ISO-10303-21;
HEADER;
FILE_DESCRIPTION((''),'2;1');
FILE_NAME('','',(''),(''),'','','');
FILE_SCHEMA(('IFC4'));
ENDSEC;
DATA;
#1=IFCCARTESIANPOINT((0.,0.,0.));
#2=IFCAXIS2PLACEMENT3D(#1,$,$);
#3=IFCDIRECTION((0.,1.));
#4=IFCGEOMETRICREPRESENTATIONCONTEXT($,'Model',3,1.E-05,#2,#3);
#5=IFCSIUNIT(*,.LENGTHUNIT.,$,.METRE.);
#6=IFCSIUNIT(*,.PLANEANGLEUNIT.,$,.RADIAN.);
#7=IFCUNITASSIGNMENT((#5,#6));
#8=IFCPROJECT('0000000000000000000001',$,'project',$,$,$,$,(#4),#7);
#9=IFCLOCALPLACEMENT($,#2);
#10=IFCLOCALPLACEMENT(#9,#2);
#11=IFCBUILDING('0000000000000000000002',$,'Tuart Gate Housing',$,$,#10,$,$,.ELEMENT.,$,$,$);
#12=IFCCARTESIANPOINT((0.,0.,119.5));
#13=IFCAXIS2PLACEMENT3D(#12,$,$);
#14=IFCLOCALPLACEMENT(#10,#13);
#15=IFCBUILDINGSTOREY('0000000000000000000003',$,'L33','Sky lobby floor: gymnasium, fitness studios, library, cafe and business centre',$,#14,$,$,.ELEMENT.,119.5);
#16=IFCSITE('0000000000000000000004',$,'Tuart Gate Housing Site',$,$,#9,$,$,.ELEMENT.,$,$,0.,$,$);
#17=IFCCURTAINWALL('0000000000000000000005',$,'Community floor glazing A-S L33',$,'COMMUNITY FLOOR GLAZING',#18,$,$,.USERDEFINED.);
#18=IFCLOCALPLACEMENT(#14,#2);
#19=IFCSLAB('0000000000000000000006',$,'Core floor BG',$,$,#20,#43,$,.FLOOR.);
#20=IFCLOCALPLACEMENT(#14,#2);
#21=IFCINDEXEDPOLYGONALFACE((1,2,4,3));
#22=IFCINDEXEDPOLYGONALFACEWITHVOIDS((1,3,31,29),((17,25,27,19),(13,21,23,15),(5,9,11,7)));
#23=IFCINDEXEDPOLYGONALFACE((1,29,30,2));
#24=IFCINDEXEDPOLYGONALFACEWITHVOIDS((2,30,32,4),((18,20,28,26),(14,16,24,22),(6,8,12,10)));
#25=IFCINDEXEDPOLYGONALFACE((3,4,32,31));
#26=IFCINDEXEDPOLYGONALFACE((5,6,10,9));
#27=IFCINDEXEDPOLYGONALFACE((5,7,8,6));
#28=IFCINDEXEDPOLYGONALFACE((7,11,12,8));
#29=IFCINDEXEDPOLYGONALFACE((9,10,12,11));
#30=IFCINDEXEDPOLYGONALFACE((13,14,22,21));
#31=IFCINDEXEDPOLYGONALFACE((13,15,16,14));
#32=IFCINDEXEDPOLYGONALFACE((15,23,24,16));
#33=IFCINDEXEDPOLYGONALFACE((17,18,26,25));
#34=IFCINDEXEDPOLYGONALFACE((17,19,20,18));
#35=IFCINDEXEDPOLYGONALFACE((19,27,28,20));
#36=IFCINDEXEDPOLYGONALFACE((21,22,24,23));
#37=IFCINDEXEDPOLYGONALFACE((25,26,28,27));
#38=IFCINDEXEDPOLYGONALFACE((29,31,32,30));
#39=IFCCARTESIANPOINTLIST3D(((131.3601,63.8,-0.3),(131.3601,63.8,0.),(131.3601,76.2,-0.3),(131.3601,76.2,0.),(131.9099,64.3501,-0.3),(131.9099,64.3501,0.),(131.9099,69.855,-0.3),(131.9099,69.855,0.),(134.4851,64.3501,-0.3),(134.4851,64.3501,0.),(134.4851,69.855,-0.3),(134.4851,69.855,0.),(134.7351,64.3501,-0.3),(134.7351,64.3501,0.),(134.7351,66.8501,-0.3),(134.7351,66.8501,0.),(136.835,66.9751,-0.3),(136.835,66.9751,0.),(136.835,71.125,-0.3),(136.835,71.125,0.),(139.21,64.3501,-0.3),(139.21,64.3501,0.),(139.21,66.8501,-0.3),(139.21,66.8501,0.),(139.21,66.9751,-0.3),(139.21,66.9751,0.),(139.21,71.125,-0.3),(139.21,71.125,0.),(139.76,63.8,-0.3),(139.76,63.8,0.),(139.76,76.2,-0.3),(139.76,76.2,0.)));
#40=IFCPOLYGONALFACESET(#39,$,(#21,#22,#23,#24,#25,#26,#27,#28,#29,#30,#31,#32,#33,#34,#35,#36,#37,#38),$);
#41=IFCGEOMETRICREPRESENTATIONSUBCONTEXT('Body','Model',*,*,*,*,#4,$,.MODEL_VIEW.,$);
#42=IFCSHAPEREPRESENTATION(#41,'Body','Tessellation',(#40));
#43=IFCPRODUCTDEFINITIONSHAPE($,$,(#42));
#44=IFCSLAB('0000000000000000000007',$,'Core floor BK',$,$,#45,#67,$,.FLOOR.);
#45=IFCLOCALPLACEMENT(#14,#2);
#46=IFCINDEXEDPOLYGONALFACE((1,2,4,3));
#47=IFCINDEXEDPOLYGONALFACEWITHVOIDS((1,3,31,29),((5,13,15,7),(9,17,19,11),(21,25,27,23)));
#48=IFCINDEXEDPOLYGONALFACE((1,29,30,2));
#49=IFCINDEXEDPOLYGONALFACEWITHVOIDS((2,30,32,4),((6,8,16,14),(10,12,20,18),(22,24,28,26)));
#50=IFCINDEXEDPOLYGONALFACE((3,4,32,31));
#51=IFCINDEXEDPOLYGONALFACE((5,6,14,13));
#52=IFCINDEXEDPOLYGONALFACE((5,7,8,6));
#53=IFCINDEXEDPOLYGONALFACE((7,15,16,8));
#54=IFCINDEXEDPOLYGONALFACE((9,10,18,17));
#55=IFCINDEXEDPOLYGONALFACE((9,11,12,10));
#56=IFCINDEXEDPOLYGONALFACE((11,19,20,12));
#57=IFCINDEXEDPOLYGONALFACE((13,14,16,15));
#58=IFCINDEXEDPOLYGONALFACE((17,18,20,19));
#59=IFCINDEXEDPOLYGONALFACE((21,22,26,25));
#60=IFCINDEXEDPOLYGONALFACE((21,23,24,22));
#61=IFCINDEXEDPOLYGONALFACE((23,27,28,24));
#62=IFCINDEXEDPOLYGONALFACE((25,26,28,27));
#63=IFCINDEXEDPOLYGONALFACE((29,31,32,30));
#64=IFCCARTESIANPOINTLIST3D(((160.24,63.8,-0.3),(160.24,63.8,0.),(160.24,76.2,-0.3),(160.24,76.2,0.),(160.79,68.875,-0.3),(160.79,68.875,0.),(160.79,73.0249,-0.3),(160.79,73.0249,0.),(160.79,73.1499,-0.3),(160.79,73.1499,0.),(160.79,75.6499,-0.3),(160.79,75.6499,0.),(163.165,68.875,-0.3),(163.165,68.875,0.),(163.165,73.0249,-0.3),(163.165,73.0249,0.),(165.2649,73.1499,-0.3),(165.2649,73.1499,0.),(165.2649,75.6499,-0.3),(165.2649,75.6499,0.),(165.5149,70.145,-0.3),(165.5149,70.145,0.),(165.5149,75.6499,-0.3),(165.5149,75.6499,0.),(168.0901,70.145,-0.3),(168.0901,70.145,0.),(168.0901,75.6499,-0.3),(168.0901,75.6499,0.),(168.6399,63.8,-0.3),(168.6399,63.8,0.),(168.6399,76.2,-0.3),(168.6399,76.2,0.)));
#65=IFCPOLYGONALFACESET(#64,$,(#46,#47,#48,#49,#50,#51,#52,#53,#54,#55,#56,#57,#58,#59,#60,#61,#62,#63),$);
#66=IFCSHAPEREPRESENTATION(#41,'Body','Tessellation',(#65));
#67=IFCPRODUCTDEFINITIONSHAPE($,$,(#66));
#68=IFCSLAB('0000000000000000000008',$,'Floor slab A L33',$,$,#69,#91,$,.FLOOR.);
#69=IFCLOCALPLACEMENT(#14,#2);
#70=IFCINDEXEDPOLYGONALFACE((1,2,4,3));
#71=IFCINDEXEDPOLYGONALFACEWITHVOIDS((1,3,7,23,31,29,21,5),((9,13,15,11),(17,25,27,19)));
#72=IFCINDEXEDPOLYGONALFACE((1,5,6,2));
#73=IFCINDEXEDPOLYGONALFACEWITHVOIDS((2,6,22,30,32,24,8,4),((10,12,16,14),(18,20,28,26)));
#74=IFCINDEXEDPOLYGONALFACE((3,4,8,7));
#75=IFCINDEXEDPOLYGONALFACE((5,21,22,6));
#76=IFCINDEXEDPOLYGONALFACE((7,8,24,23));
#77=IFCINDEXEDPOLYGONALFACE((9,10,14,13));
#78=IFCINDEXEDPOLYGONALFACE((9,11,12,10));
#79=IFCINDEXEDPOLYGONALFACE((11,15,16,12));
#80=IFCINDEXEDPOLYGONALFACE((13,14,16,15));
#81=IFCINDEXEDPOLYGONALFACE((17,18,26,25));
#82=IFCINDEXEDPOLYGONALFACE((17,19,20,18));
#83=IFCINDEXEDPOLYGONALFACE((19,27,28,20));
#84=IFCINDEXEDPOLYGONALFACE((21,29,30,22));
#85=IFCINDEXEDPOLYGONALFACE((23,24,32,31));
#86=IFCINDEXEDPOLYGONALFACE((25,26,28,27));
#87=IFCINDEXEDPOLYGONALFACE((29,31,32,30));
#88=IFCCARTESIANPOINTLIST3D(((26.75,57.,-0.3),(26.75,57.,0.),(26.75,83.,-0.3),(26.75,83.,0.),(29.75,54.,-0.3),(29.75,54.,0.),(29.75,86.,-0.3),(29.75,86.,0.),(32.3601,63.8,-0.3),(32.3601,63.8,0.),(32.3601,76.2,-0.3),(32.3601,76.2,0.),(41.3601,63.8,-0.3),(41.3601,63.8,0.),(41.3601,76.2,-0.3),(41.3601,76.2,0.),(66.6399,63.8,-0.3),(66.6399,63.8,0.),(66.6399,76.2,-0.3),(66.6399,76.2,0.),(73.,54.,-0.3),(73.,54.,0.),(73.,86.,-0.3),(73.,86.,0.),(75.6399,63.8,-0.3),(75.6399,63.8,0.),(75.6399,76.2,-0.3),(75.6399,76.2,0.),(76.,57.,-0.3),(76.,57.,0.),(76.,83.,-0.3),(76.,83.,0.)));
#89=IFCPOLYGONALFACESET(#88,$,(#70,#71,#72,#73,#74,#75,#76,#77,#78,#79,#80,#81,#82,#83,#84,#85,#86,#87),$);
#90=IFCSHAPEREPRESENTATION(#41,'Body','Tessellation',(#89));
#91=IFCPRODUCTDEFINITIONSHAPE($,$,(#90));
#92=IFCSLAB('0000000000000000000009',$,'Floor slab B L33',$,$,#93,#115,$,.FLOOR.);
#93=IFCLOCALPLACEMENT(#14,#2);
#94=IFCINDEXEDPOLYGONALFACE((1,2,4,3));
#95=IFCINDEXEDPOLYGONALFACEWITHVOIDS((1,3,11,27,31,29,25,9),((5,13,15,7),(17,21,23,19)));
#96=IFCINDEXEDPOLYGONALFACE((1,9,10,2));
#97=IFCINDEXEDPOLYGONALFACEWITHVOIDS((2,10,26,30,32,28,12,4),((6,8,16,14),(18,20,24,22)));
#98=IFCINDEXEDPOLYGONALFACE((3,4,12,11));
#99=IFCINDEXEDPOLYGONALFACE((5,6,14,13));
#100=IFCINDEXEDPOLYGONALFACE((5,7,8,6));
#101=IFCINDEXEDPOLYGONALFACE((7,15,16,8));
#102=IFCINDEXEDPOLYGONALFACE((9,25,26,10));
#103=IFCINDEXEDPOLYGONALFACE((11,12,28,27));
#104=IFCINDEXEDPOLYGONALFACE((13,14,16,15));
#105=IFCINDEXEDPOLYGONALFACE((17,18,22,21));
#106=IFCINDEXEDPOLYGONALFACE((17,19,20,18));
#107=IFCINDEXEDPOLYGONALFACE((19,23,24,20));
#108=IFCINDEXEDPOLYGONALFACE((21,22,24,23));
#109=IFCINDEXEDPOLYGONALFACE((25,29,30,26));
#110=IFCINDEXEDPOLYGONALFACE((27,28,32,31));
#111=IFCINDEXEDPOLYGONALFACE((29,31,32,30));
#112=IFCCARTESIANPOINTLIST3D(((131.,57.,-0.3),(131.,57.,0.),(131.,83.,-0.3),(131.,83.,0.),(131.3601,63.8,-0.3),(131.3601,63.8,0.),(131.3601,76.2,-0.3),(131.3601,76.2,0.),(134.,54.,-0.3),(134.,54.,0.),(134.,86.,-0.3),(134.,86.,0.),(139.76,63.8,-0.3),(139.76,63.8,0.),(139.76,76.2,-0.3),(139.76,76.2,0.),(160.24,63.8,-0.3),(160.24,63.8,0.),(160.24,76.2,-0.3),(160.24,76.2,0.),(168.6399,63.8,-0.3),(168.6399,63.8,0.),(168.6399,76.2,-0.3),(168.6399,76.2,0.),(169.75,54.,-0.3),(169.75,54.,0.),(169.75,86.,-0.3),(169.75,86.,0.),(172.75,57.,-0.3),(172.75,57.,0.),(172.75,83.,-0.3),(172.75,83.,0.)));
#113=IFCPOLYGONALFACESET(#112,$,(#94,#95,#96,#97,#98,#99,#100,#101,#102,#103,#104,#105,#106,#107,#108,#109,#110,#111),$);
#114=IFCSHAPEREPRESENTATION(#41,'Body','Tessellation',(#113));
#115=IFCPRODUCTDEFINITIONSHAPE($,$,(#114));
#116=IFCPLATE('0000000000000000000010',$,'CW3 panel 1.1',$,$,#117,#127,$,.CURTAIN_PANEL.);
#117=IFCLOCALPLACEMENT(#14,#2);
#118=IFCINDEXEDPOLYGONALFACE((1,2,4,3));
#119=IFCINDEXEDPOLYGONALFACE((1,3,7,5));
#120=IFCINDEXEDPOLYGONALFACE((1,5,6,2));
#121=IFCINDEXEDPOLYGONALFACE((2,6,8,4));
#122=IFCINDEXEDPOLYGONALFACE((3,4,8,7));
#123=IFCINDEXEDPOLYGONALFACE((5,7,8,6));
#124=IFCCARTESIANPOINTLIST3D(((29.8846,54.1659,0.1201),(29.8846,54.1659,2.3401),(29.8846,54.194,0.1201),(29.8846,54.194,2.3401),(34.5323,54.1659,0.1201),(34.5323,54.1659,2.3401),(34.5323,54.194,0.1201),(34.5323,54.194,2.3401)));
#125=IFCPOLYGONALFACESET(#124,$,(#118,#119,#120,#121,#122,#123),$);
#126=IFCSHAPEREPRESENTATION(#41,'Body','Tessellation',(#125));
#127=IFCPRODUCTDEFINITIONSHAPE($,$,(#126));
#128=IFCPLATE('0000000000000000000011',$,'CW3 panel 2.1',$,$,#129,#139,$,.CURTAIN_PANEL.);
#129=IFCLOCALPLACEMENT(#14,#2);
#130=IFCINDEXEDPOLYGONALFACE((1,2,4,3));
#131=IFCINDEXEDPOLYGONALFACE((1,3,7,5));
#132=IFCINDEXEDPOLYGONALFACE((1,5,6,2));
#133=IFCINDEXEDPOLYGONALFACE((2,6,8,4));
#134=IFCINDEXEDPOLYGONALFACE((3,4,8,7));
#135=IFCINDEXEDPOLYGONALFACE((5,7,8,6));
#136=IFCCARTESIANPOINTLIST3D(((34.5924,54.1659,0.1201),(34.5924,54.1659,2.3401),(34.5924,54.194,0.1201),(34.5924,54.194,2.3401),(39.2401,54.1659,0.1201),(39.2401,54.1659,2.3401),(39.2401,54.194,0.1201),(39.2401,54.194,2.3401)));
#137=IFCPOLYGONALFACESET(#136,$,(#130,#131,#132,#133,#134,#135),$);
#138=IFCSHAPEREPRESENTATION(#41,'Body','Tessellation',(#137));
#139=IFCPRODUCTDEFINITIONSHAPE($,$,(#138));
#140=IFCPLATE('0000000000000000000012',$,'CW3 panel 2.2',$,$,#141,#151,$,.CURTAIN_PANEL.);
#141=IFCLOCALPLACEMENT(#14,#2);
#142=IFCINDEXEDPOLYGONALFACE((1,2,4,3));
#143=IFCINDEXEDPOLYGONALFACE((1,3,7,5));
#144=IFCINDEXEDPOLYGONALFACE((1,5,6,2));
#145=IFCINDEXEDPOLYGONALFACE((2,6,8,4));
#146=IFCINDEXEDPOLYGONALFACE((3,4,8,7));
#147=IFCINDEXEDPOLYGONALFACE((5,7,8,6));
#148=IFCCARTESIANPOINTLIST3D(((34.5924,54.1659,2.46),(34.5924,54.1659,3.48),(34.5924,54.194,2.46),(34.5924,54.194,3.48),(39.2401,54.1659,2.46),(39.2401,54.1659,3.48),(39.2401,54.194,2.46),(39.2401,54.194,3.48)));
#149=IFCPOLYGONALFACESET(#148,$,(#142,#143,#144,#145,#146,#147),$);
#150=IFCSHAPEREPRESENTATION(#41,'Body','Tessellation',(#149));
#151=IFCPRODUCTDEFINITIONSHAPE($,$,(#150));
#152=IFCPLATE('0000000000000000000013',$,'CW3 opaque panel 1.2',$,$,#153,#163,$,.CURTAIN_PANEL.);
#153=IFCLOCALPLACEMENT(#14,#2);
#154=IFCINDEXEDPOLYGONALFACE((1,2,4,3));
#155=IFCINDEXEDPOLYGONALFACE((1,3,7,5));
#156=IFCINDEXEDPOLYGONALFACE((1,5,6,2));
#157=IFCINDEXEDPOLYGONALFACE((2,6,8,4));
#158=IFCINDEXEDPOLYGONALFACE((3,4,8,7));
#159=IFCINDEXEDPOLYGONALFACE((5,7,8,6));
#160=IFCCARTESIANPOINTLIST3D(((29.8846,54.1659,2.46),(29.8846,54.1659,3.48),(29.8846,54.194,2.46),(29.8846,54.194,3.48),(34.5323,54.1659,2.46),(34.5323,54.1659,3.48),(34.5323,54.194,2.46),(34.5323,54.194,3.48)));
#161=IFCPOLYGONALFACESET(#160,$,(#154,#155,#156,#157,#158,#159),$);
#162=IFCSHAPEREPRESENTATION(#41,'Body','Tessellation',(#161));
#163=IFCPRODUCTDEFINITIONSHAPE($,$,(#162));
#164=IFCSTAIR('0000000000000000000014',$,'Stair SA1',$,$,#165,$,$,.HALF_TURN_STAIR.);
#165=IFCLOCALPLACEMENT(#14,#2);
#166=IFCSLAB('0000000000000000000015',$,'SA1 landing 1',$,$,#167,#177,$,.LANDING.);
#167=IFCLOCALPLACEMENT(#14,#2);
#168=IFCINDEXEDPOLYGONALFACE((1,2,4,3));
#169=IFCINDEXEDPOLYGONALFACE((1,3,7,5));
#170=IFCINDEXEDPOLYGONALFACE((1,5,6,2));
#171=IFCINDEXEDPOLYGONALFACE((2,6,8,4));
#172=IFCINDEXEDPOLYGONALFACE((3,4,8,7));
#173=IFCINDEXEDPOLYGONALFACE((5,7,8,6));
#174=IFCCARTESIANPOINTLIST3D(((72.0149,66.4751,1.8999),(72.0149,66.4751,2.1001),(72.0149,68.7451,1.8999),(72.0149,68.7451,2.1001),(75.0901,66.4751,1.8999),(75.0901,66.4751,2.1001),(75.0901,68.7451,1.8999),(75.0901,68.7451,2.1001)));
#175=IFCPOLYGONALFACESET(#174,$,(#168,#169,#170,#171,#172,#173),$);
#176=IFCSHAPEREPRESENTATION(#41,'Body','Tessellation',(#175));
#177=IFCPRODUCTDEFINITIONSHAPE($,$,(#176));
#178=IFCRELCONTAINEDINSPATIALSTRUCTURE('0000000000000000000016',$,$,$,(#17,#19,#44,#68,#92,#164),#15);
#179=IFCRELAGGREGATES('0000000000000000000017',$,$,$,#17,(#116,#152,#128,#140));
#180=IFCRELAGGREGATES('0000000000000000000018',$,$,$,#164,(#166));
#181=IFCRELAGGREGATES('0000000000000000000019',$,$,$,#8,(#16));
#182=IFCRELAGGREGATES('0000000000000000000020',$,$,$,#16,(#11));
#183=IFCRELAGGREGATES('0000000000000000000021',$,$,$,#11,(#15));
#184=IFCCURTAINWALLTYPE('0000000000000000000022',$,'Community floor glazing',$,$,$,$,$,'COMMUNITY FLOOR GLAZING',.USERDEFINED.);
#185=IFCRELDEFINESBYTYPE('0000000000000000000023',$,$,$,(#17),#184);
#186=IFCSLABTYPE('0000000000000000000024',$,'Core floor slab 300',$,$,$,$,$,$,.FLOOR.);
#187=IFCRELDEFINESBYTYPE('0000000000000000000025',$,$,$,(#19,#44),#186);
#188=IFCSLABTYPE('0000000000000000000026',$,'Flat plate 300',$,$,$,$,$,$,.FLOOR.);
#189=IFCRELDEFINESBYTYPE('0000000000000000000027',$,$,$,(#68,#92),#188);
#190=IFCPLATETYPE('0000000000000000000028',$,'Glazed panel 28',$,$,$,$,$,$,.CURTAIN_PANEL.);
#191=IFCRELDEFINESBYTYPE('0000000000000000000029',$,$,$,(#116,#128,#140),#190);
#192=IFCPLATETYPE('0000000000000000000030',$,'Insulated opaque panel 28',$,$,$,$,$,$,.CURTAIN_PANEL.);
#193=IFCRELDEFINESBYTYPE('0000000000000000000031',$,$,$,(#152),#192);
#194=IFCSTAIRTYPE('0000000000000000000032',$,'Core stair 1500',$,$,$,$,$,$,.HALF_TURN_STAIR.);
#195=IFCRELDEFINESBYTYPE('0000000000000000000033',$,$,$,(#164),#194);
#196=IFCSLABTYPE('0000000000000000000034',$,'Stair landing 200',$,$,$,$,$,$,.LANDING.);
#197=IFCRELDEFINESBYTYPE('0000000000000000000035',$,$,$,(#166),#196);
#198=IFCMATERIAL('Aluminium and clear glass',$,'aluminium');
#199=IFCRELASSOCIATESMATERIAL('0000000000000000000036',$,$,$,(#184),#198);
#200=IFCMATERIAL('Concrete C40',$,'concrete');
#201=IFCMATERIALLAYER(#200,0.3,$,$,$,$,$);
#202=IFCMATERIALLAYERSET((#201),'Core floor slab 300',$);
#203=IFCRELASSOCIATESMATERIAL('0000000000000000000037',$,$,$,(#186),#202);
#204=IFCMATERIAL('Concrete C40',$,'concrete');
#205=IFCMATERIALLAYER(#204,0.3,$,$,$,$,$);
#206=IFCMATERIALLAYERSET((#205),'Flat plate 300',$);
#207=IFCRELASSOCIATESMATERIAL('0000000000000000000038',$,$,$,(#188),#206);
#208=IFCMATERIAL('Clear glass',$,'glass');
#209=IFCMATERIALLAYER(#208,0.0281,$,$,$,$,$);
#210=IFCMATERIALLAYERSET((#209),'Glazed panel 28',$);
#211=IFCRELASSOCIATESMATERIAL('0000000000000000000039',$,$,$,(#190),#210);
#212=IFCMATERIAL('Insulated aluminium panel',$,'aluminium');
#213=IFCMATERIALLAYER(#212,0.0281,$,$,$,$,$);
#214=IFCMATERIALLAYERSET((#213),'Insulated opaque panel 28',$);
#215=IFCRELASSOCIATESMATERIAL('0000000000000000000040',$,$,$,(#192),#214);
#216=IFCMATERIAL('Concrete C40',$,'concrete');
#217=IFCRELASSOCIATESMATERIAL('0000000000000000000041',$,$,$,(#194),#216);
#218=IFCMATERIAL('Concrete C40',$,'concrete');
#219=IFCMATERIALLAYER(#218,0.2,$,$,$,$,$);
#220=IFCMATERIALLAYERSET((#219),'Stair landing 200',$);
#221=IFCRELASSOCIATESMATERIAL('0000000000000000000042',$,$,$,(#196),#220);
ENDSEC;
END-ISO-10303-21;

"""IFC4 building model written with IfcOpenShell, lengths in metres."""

from ifc_helpers import new_model, si_unit, direction, frame, origin, origin_2d, place, context, subcontext, project, spatial, polyline, rectangle, outline, extrude, material, layer, layer_set, type_object, element, aggregate, save


model = new_model("IFC4")

# Units and contexts
model_context = context("Model", 3, precision=1e-05, world=origin(), true_north=direction((0.0, 1.0)))
body_context = subcontext(model_context, "Body", "Model", "MODEL_VIEW")
ifc_project = project(units=[si_unit("LENGTHUNIT", "METRE"), si_unit("PLANEANGLEUNIT", "RADIAN")], contexts=[model_context])

# Site, building, storey
site_placement = place(None, origin())
site = spatial("IfcSite", under=ifc_project, at=site_placement, Name="Tuart Gate Housing Site", CompositionType="ELEMENT", RefElevation=0.0)
building_placement = place(site_placement, origin())
building = spatial("IfcBuilding", under=site, at=building_placement, Name="Tuart Gate Housing", CompositionType="ELEMENT")
storey_placement = place(building_placement, frame((0.0, 0.0, 119.5)))
storey = spatial("IfcBuildingStorey", under=building, at=storey_placement, Name="L33", Description="Sky lobby floor: gymnasium, fitness studios, library, cafe and business centre", CompositionType="ELEMENT", Elevation=119.5)

# Curtain wall
ifc_material_1 = material(Name="Aluminium and clear glass", Category="aluminium")
curtain_wall_type = type_object("IfcCurtainWallType", Name="Community floor glazing", ElementType="COMMUNITY FLOOR GLAZING", PredefinedType="USERDEFINED", material=ifc_material_1)
curtain_wall_placement = place(storey_placement, origin())
curtain_wall = element("IfcCurtainWall", 1, at=curtain_wall_placement, inside=storey, type_object=curtain_wall_type, Name="Community floor glazing A-S L33", ObjectType="COMMUNITY FLOOR GLAZING", PredefinedType="USERDEFINED")

# Slabs
ifc_material_2 = material(Name="Concrete C40", Category="concrete")
ifc_layer_1 = layer(ifc_material_2, 0.3)
ifc_layer_set_1 = layer_set([ifc_layer_1], Name="Core floor slab 300")
slab_type_1 = type_object("IfcSlabType", Name="Core floor slab 300", PredefinedType="FLOOR", material=ifc_layer_set_1)
slab_1_placement = place(storey_placement, frame((0.0, 0.0, -0.3)))
element("IfcSlab", 2, at=slab_1_placement, inside=storey, type_object=slab_type_1, Name="Core floor BG", PredefinedType="FLOOR", context=body_context, shape_type="SweptSolid", body=[
    extrude(outline(polyline([(131.3601, 63.8), (139.76, 63.8), (139.76, 76.2), (131.3601, 76.2), (131.3601, 63.8)]), holes=[polyline([(139.21, 66.8501), (134.7351, 66.8501), (134.7351, 64.3501), (139.21, 64.3501), (139.21, 66.8501)]), polyline([(139.21, 71.125), (136.835, 71.125), (136.835, 66.9751), (139.21, 66.9751), (139.21, 71.125)]), polyline([(134.4851, 69.855), (131.9099, 69.855), (131.9099, 64.3501), (134.4851, 64.3501), (134.4851, 69.855)])]), origin(), (0.0, 0.0, 1.0), 0.3),
])
slab_2_placement = place(storey_placement, frame((0.0, 0.0, -0.3)))
element("IfcSlab", 3, at=slab_2_placement, inside=storey, type_object=slab_type_1, Name="Core floor BK", PredefinedType="FLOOR", context=body_context, shape_type="SweptSolid", body=[
    extrude(outline(polyline([(160.24, 63.8), (168.6399, 63.8), (168.6399, 76.2), (160.24, 76.2), (160.24, 63.8)]), holes=[polyline([(160.79, 73.1499), (165.2649, 73.1499), (165.2649, 75.6499), (160.79, 75.6499), (160.79, 73.1499)]), polyline([(160.79, 68.875), (163.165, 68.875), (163.165, 73.0249), (160.79, 73.0249), (160.79, 68.875)]), polyline([(165.5149, 70.145), (168.0901, 70.145), (168.0901, 75.6499), (165.5149, 75.6499), (165.5149, 70.145)])]), origin(), (0.0, 0.0, 1.0), 0.3),
])
ifc_material_3 = material(Name="Concrete C40", Category="concrete")
ifc_layer_2 = layer(ifc_material_3, 0.3)
ifc_layer_set_2 = layer_set([ifc_layer_2], Name="Flat plate 300")
slab_type_2 = type_object("IfcSlabType", Name="Flat plate 300", PredefinedType="FLOOR", material=ifc_layer_set_2)
slab_3_placement = place(storey_placement, frame((0.0, 0.0, -0.3)))
element("IfcSlab", 4, at=slab_3_placement, inside=storey, type_object=slab_type_2, Name="Floor slab A L33", PredefinedType="FLOOR", context=body_context, shape_type="SweptSolid", body=[
    extrude(outline(polyline([(29.75, 86.0), (26.75, 83.0), (26.75, 57.0), (29.75, 54.0), (73.0, 54.0), (76.0, 57.0), (76.0, 83.0), (73.0, 86.0), (29.75, 86.0)]), holes=[polyline([(66.6399, 76.2), (75.6399, 76.2), (75.6399, 63.8), (66.6399, 63.8), (66.6399, 76.2)]), polyline([(41.3601, 76.2), (41.3601, 63.8), (32.3601, 63.8), (32.3601, 76.2), (41.3601, 76.2)])]), origin(), (0.0, 0.0, 1.0), 0.3),
])
slab_4_placement = place(storey_placement, frame((0.0, 0.0, -0.3)))
element("IfcSlab", 5, at=slab_4_placement, inside=storey, type_object=slab_type_2, Name="Floor slab B L33", PredefinedType="FLOOR", context=body_context, shape_type="SweptSolid", body=[
    extrude(outline(polyline([(134.0, 86.0), (131.0, 83.0), (131.0, 57.0), (134.0, 54.0), (169.75, 54.0), (172.75, 57.0), (172.75, 83.0), (169.75, 86.0), (134.0, 86.0)]), holes=[polyline([(131.3601, 76.2), (139.76, 76.2), (139.76, 63.8), (131.3601, 63.8), (131.3601, 76.2)]), polyline([(168.6399, 76.2), (168.6399, 63.8), (160.24, 63.8), (160.24, 76.2), (168.6399, 76.2)])]), origin(), (0.0, 0.0, 1.0), 0.3),
])

# Plates
ifc_material_4 = material(Name="Clear glass", Category="glass")
ifc_layer_3 = layer(ifc_material_4, 0.0281)
ifc_layer_set_3 = layer_set([ifc_layer_3], Name="Glazed panel 28")
plate_type_1 = type_object("IfcPlateType", Name="Glazed panel 28", PredefinedType="CURTAIN_PANEL", material=ifc_layer_set_3)
plate_1_placement = place(storey_placement, frame((32.2085, 54.1799, 0.1201), z_axis=(0.0, 0.0, 1.0), x_axis=(1.0, 0.0, 0.0)))
plate_1 = element("IfcPlate", 6, at=plate_1_placement, type_object=plate_type_1, Name="CW3 panel 1.1", PredefinedType="CURTAIN_PANEL", context=body_context, shape_type="SweptSolid", body=[
    extrude(rectangle(XDim=4.6477, YDim=0.0281, at=origin_2d()), origin(), (0.0, 0.0, 1.0), 2.22),
])
plate_2_placement = place(storey_placement, frame((36.9163, 54.1799, 0.1201), z_axis=(0.0, 0.0, 1.0), x_axis=(1.0, 0.0, 0.0)))
plate_2 = element("IfcPlate", 7, at=plate_2_placement, type_object=plate_type_1, Name="CW3 panel 2.1", PredefinedType="CURTAIN_PANEL", context=body_context, shape_type="SweptSolid", body=[
    extrude(rectangle(XDim=4.6477, YDim=0.0281, at=origin_2d()), origin(), (0.0, 0.0, 1.0), 2.22),
])
plate_3_placement = place(storey_placement, frame((36.9163, 54.1799, 2.46), z_axis=(0.0, 0.0, 1.0), x_axis=(1.0, 0.0, 0.0)))
plate_3 = element("IfcPlate", 8, at=plate_3_placement, type_object=plate_type_1, Name="CW3 panel 2.2", PredefinedType="CURTAIN_PANEL", context=body_context, shape_type="SweptSolid", body=[
    extrude(rectangle(XDim=4.6477, YDim=0.0281, at=origin_2d()), origin(), (0.0, 0.0, 1.0), 1.02),
])
ifc_material_5 = material(Name="Insulated aluminium panel", Category="aluminium")
ifc_layer_4 = layer(ifc_material_5, 0.0281)
ifc_layer_set_4 = layer_set([ifc_layer_4], Name="Insulated opaque panel 28")
plate_type_2 = type_object("IfcPlateType", Name="Insulated opaque panel 28", PredefinedType="CURTAIN_PANEL", material=ifc_layer_set_4)
plate_4_placement = place(storey_placement, frame((32.2085, 54.1799, 2.46), z_axis=(0.0, 0.0, 1.0), x_axis=(1.0, 0.0, 0.0)))
plate_4 = element("IfcPlate", 9, at=plate_4_placement, type_object=plate_type_2, Name="CW3 opaque panel 1.2", PredefinedType="CURTAIN_PANEL", context=body_context, shape_type="SweptSolid", body=[
    extrude(rectangle(XDim=4.6477, YDim=0.0281, at=origin_2d()), origin(), (0.0, 0.0, 1.0), 1.02),
])
aggregate(curtain_wall, [plate_1, plate_4, plate_2, plate_3])

# Stair, slab
ifc_material_6 = material(Name="Concrete C40", Category="concrete")
stair_type_1 = type_object("IfcStairType", Name="Core stair 1500", PredefinedType="HALF_TURN_STAIR", material=ifc_material_6)
stair_1_placement = place(storey_placement, origin())
stair_1 = element("IfcStair", 10, at=stair_1_placement, inside=storey, type_object=stair_type_1, Name="Stair SA1", PredefinedType="HALF_TURN_STAIR")
ifc_material_7 = material(Name="Concrete C40", Category="concrete")
ifc_layer_5 = layer(ifc_material_7, 0.2)
ifc_layer_set_5 = layer_set([ifc_layer_5], Name="Stair landing 200")
slab_type_3 = type_object("IfcSlabType", Name="Stair landing 200", PredefinedType="LANDING", material=ifc_layer_set_5)
slab_5_placement = place(storey_placement, frame((0.0, 0.0, 1.8999)))
slab_5 = element("IfcSlab", 11, at=slab_5_placement, type_object=slab_type_3, Name="SA1 landing 1", PredefinedType="LANDING", context=body_context, shape_type="SweptSolid", body=[
    extrude(outline(polyline([(72.0149, 66.4751), (75.0901, 66.4751), (75.0901, 68.7451), (72.0149, 68.7451), (72.0149, 66.4751)])), origin(), (0.0, 0.0, 1.0), 0.2002),
])
aggregate(stair_1, [slab_5])

save(model, "model.ifc")
